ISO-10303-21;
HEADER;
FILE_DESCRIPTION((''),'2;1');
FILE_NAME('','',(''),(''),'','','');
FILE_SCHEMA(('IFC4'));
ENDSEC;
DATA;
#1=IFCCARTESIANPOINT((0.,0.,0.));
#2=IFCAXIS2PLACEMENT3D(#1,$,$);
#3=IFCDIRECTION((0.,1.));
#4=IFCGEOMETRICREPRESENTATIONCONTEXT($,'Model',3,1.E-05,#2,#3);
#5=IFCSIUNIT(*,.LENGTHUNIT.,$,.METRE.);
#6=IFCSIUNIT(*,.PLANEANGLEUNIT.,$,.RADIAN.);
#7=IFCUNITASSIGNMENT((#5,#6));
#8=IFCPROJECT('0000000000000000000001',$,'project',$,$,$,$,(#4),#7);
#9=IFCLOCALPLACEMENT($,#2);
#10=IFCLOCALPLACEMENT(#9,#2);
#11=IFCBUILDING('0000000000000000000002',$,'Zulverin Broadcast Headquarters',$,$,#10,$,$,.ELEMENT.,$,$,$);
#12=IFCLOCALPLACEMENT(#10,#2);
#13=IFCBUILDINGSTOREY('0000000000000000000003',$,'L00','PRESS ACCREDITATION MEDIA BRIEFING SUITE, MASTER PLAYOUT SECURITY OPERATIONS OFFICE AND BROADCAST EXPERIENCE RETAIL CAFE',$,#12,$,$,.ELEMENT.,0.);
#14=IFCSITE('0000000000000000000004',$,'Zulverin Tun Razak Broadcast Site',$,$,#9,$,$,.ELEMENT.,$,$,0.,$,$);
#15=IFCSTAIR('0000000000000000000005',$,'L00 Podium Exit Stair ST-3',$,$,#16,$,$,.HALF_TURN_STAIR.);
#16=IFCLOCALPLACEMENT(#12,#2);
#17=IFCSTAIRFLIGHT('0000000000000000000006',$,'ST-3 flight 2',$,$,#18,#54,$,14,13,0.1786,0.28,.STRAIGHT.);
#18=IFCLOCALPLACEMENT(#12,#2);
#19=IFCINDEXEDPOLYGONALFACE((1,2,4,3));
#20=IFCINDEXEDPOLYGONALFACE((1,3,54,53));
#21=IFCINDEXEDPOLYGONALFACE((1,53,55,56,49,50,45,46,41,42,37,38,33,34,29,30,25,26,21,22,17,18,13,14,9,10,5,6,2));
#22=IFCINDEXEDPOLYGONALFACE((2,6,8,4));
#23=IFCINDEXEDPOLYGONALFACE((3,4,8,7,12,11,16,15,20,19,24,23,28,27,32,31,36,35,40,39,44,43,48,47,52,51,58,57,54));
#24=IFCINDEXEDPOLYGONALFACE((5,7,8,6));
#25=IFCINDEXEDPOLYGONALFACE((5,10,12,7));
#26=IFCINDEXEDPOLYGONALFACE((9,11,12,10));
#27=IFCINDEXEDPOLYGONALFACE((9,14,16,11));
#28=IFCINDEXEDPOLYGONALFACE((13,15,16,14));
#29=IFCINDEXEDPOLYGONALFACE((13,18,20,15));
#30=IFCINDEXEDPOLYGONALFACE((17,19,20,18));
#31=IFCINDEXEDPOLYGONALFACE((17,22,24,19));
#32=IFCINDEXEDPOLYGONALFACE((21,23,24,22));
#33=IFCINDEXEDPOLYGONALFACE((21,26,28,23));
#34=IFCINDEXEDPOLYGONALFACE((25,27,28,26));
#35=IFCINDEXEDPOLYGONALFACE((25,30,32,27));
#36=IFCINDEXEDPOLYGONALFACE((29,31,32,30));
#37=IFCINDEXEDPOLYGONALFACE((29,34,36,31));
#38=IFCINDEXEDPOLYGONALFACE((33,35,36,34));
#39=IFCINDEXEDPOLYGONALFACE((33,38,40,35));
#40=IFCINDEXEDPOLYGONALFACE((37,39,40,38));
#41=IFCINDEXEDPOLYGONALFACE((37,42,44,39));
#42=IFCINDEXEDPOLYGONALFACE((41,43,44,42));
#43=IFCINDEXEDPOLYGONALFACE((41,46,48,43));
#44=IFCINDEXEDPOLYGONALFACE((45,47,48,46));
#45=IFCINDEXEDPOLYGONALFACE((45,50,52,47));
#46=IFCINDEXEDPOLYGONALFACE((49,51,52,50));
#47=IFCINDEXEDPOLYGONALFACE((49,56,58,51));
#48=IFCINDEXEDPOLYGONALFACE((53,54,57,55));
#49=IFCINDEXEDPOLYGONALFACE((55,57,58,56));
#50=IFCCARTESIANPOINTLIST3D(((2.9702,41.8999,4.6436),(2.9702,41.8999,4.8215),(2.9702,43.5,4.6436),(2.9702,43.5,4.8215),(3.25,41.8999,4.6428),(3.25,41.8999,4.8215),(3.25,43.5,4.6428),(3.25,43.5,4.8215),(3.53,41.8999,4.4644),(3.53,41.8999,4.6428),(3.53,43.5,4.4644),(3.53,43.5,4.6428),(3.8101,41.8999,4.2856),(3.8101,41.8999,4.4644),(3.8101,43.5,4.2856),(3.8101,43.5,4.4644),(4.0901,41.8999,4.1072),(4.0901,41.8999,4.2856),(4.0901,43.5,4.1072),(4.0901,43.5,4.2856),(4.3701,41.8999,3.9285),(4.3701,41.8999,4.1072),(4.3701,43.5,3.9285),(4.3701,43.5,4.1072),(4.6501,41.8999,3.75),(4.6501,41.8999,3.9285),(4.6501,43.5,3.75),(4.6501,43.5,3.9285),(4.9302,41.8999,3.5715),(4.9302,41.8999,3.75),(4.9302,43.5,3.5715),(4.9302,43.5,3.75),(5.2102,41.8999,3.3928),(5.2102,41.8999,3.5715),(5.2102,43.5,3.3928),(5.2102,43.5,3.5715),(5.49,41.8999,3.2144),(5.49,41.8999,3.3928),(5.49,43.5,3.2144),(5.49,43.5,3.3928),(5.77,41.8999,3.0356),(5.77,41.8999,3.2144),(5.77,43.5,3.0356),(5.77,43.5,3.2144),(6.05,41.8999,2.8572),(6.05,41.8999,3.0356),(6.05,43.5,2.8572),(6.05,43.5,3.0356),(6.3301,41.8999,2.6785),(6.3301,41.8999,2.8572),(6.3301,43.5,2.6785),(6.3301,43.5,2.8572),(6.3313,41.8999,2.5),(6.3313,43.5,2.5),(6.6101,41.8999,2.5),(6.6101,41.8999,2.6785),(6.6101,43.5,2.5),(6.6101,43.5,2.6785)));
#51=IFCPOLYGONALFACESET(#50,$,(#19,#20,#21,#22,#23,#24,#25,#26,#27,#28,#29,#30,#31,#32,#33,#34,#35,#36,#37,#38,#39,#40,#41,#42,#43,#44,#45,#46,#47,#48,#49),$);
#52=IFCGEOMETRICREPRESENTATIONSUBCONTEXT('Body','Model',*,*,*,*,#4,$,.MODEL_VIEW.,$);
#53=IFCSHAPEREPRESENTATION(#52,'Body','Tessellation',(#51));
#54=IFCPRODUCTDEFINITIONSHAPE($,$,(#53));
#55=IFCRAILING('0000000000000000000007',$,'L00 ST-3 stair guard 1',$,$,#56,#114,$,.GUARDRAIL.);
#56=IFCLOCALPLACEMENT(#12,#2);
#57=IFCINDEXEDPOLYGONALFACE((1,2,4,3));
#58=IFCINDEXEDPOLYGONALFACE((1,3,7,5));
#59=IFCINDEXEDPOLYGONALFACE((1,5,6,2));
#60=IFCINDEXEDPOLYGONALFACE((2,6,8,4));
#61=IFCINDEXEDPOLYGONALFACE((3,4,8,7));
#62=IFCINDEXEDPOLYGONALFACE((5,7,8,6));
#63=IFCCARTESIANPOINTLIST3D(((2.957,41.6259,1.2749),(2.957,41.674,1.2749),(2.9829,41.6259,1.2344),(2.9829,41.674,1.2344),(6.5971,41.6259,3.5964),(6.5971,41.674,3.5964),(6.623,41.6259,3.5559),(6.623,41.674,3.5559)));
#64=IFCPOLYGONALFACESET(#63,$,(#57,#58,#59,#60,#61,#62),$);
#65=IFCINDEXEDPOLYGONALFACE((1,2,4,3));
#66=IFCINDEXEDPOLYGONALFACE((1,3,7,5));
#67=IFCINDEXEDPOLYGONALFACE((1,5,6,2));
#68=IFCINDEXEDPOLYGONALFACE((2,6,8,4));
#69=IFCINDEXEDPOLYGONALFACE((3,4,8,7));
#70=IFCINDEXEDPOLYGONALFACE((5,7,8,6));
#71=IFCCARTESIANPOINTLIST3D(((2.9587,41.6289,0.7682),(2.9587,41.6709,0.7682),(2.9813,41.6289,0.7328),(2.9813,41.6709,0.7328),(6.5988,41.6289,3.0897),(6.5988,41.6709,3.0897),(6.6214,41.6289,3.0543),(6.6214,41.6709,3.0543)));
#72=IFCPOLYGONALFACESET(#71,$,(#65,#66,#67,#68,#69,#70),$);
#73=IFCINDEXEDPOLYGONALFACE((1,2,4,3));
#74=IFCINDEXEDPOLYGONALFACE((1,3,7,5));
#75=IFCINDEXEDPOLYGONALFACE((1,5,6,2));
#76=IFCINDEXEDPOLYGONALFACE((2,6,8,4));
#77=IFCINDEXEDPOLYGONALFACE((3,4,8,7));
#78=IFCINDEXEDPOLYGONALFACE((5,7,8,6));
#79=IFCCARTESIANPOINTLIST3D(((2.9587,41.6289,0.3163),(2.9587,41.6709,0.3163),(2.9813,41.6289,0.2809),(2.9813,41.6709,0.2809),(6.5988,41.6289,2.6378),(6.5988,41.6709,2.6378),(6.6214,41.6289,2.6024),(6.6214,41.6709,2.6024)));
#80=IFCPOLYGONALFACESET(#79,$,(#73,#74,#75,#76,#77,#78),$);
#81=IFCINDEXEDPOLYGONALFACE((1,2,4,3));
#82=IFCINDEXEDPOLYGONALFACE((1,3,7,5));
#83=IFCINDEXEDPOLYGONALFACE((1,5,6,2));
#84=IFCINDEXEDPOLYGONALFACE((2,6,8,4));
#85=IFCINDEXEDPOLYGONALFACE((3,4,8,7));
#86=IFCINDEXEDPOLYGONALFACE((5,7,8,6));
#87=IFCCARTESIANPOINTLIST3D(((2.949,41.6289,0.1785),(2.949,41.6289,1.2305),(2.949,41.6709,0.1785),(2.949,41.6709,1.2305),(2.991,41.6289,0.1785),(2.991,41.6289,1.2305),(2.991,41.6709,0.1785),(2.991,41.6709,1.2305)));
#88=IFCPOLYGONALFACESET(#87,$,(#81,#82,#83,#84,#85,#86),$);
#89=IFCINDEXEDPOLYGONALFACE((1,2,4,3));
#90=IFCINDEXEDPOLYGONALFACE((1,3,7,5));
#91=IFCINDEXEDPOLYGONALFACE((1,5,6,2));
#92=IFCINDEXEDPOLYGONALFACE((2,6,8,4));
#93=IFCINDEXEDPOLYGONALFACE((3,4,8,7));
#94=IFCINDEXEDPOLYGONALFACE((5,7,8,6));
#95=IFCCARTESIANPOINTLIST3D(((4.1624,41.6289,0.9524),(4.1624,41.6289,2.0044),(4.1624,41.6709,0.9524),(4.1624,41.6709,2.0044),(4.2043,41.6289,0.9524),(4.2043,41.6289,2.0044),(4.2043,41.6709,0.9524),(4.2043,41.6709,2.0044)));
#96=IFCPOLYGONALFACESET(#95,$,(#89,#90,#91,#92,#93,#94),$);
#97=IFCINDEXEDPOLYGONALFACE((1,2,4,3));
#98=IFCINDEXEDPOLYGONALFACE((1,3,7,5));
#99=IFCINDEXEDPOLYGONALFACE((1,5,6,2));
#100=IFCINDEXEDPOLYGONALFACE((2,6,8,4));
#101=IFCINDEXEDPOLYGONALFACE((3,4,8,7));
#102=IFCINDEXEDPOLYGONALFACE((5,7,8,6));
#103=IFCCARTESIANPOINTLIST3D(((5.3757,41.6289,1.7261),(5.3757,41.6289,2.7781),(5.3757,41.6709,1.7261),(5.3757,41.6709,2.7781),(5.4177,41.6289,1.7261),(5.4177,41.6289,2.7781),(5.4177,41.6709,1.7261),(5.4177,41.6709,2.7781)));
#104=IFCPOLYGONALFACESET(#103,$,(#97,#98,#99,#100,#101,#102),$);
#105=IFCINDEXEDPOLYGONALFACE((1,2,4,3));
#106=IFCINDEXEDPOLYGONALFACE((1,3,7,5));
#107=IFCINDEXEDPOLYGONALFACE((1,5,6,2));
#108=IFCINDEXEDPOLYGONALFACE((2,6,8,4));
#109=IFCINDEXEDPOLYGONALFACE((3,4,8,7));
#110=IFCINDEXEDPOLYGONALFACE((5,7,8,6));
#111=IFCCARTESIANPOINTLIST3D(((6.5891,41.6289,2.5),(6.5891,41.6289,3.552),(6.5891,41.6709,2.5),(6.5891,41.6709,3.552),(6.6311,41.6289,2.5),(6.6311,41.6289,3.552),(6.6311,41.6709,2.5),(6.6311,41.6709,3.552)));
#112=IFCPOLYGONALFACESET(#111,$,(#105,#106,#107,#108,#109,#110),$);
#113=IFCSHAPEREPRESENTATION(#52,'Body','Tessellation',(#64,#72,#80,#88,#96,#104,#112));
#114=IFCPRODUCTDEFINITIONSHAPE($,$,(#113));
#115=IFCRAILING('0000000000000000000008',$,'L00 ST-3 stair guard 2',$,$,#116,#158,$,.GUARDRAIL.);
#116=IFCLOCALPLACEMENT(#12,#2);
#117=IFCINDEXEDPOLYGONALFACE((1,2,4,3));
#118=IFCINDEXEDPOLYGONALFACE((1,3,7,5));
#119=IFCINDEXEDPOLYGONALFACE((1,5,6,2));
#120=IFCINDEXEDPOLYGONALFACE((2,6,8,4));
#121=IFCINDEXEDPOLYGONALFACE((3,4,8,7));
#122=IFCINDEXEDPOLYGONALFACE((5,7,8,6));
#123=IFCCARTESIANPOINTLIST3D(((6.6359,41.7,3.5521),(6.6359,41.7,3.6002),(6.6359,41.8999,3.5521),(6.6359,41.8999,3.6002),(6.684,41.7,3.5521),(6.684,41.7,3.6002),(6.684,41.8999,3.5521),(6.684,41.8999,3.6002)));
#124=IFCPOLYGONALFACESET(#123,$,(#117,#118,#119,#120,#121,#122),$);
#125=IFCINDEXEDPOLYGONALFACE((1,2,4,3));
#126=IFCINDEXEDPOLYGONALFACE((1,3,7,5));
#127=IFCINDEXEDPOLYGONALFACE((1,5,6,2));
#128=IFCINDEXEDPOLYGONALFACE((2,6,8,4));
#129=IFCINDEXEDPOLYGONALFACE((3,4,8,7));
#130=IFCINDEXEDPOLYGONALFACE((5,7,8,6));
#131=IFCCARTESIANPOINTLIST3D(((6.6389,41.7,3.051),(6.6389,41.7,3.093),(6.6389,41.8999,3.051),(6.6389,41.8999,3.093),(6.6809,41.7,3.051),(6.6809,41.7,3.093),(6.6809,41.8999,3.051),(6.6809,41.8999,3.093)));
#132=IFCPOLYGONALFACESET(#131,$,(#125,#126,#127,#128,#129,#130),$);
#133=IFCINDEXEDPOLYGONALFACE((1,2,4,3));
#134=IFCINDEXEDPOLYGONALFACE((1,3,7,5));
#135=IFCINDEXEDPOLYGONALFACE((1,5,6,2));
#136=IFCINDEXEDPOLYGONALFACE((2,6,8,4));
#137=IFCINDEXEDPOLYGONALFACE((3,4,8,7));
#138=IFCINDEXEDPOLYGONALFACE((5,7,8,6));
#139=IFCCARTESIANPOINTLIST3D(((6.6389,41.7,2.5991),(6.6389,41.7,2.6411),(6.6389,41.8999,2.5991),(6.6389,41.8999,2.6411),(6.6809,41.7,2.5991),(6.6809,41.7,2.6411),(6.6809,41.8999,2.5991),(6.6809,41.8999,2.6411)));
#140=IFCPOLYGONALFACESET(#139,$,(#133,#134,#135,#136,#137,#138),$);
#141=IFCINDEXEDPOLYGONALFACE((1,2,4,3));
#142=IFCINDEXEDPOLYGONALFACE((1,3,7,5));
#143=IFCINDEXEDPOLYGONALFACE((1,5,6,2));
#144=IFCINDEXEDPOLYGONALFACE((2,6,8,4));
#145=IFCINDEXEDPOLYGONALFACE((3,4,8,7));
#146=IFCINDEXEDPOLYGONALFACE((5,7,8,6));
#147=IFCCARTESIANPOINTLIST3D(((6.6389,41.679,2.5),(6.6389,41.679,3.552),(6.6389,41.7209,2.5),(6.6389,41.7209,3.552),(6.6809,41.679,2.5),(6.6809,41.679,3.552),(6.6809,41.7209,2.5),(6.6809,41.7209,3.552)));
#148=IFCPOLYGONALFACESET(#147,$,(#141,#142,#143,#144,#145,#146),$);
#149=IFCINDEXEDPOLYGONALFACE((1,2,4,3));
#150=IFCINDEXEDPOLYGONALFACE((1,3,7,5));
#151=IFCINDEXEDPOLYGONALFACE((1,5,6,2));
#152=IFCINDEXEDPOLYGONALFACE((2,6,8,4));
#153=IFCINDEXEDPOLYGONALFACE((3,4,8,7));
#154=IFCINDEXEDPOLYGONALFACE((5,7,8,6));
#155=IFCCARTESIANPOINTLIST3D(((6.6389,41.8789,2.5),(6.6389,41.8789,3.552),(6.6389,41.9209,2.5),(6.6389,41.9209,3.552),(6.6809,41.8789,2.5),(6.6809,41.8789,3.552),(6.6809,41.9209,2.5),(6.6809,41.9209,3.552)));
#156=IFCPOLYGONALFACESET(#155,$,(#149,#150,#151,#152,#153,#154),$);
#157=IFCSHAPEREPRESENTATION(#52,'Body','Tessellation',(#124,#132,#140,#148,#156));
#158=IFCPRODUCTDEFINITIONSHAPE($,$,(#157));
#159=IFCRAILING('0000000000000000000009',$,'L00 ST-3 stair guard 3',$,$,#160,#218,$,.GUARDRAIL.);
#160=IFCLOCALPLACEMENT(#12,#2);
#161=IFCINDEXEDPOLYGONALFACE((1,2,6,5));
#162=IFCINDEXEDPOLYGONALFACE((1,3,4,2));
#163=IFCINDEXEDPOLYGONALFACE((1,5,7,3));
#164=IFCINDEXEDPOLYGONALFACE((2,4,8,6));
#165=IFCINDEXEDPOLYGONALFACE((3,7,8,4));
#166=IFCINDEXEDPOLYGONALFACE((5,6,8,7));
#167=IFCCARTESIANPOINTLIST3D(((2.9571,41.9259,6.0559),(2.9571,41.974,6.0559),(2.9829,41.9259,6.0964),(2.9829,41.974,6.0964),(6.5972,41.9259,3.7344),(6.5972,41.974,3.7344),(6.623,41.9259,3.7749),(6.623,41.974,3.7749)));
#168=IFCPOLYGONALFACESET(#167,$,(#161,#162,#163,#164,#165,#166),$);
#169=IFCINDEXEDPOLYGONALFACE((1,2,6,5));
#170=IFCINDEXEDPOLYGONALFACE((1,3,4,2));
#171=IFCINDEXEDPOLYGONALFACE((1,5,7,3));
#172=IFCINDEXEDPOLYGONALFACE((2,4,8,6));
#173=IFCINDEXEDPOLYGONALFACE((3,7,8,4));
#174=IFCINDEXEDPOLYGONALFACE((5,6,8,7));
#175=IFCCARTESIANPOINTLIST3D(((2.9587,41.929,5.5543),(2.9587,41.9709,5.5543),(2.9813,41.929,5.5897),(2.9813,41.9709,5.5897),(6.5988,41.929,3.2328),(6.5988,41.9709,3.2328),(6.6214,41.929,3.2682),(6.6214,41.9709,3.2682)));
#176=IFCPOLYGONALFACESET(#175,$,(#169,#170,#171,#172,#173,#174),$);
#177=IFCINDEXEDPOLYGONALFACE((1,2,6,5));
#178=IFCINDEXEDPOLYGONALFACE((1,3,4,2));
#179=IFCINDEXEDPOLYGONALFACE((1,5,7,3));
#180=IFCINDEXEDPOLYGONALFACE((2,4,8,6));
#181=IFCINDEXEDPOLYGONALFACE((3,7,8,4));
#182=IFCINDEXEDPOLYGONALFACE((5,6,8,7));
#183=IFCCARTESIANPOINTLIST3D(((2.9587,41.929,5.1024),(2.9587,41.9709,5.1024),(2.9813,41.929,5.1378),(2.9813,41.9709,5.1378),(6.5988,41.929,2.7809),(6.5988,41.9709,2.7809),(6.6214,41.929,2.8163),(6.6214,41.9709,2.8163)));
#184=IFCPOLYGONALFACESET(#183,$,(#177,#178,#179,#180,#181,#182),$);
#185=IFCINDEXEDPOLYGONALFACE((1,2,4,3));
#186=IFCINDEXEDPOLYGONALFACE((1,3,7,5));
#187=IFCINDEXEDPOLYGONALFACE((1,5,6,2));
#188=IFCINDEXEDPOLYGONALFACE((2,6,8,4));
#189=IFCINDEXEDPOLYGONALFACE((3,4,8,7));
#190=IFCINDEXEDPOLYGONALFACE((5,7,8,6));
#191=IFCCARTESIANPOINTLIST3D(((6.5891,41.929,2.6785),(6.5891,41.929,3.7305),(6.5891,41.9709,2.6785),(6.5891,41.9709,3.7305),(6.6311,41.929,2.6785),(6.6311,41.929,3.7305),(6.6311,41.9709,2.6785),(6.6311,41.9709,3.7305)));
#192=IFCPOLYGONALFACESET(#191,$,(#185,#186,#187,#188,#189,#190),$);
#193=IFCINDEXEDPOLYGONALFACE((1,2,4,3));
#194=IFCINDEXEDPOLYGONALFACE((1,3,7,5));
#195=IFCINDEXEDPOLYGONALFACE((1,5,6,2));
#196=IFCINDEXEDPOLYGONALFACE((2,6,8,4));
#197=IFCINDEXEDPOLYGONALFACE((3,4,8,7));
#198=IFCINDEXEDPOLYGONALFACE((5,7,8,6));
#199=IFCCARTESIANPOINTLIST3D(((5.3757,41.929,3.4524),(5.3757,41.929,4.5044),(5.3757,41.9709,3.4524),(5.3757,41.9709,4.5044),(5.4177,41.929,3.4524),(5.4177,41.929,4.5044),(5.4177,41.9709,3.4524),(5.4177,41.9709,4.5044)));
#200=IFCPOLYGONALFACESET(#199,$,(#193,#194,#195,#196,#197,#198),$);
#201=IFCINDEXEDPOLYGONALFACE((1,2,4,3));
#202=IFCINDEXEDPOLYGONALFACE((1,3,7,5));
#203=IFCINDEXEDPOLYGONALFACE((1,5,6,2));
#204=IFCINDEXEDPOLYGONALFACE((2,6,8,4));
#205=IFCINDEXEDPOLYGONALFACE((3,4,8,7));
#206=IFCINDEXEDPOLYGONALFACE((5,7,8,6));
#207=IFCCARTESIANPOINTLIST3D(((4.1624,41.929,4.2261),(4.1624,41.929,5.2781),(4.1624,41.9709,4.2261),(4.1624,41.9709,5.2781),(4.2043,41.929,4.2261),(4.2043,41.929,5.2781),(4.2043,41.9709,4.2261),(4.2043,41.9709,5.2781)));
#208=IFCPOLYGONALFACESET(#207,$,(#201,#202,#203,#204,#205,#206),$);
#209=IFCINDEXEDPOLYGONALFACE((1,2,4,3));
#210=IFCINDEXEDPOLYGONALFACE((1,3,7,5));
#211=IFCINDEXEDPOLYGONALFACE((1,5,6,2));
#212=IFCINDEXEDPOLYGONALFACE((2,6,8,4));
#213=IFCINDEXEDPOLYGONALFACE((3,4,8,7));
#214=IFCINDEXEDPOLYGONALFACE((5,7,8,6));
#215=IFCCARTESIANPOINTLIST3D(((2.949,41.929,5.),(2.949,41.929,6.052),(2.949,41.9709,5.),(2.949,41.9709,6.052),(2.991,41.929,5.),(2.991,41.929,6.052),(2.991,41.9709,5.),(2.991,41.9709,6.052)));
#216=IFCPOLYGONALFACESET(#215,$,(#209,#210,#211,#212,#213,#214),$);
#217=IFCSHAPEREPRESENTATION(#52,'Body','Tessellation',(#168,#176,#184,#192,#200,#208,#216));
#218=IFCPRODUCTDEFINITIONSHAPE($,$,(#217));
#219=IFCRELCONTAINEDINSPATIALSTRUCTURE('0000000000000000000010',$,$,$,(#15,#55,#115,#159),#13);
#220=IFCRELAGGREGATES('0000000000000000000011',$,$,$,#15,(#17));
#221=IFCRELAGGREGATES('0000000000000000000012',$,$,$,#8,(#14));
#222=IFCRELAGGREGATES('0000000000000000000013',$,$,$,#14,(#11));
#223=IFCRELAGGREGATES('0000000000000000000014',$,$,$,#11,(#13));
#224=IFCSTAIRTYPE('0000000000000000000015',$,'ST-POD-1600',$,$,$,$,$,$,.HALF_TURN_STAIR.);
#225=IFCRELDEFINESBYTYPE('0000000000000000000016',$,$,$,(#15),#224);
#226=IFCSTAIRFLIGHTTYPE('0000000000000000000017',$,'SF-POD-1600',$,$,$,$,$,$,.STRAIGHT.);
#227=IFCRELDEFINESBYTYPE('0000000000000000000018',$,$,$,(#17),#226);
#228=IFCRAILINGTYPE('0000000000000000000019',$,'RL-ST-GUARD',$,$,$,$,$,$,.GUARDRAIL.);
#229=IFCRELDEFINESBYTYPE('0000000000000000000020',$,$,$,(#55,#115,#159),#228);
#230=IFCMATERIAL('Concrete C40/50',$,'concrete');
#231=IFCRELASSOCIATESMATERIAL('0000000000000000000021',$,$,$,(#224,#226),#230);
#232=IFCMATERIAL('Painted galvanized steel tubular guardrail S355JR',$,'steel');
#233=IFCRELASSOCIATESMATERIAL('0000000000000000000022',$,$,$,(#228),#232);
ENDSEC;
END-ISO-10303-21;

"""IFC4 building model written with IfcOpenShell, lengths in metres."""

from ifc_helpers import new_model, si_unit, direction, frame, origin, origin_2d, place, context, subcontext, project, spatial, polyline, rectangle, outline, extrude, material, type_object, element, aggregate, save


model = new_model("IFC4")

# Units and contexts
model_context = context("Model", 3, precision=1e-05, world=origin(), true_north=direction((0.0, 1.0)))
body_context = subcontext(model_context, "Body", "Model", "MODEL_VIEW")
ifc_project = project(units=[si_unit("LENGTHUNIT", "METRE"), si_unit("PLANEANGLEUNIT", "RADIAN")], contexts=[model_context])

# Site, building, storey
site_placement = place(None, origin())
site = spatial("IfcSite", under=ifc_project, at=site_placement, Name="Zulverin Tun Razak Broadcast Site", CompositionType="ELEMENT", RefElevation=0.0)
building_placement = place(site_placement, origin())
building = spatial("IfcBuilding", under=site, at=building_placement, Name="Zulverin Broadcast Headquarters", CompositionType="ELEMENT")
storey_placement = place(building_placement, origin())
storey = spatial("IfcBuildingStorey", under=building, at=storey_placement, Name="L00", Description="PRESS ACCREDITATION MEDIA BRIEFING SUITE, MASTER PLAYOUT SECURITY OPERATIONS OFFICE AND BROADCAST EXPERIENCE RETAIL CAFE", CompositionType="ELEMENT", Elevation=0.0)

# Shared definitions
ifc_material_1 = material(Name="Concrete C40/50", Category="concrete")

# Stair, stair flight
stair_type = type_object("IfcStairType", Name="ST-POD-1600", PredefinedType="HALF_TURN_STAIR", material=ifc_material_1)
stair_placement = place(storey_placement, origin())
stair = element("IfcStair", 1, at=stair_placement, inside=storey, type_object=stair_type, Name="L00 Podium Exit Stair ST-3", PredefinedType="HALF_TURN_STAIR")
stair_flight_type = type_object("IfcStairFlightType", Name="SF-POD-1600", PredefinedType="STRAIGHT", material=ifc_material_1)
stair_flight_1_placement = place(storey_placement, frame((6.6101, 42.7, 2.5), z_axis=(0.0, 0.0, 1.0), x_axis=(-1.0, 0.0, 0.0)))
stair_flight_1 = element("IfcStairFlight", 2, at=stair_flight_1_placement, type_object=stair_flight_type, Name="ST-3 flight 2", NumberOfRisers=14, NumberOfTreads=13, PredefinedType="STRAIGHT", RiserHeight=0.1786, TreadLength=0.28, context=body_context, shape_type="SweptSolid", body=[
    extrude(outline(polyline([(0.0, 0.0), (0.0, 0.1785), (0.28, 0.1785), (0.28, 0.3572), (0.5601, 0.3572), (0.5601, 0.5356), (0.8401, 0.5356), (0.8401, 0.7144), (1.1201, 0.7144), (1.1201, 0.8928), (1.3999, 0.8928), (1.3999, 1.0715), (1.6799, 1.0715), (1.6799, 1.25), (1.96, 1.25), (1.96, 1.4285), (2.24, 1.4285), (2.24, 1.6072), (2.52, 1.6072), (2.52, 1.7856), (2.8, 1.7856), (2.8, 1.9644), (3.0801, 1.9644), (3.0801, 2.1428), (3.3601, 2.1428), (3.3601, 2.3215), (3.6399, 2.3215), (3.6399, 2.5), (3.6399, 2.1436), (0.2788, 0.0), (0.0, 0.0)])), frame((0.0, 0.8, 0.0), z_axis=(0.0, -1.0, 0.0), x_axis=(1.0, 0.0, 0.0)), (0.0, 0.0, 1.0), 1.6001),
])
aggregate(stair, [stair_flight_1])

# Railings
ifc_material_2 = material(Name="Painted galvanized steel tubular guardrail S355JR", Category="steel")
railing_type_1 = type_object("IfcRailingType", Name="RL-ST-GUARD", PredefinedType="GUARDRAIL", material=ifc_material_2)
railing_1_placement = place(storey_placement, frame((2.97, 41.6499, 0.1785)))
element("IfcRailing", 3, at=railing_1_placement, inside=storey, type_object=railing_type_1, Name="L00 ST-3 stair guard 1", PredefinedType="GUARDRAIL", context=body_context, shape_type="SweptSolid", body=[
    extrude(rectangle(XDim=0.0481, YDim=0.0481, at=origin_2d()), frame((0.0, 0.0, 1.0762), z_axis=(0.843128, 0.0, 0.537713), x_axis=(0.0, 1.0, 0.0)), (0.0, 0.0, 1.0), 4.3174),
    extrude(rectangle(XDim=0.042, YDim=0.042, at=origin_2d()), frame((0.0, 0.0, 0.572), z_axis=(0.843128, 0.0, 0.537713), x_axis=(0.0, 1.0, 0.0)), (0.0, 0.0, 1.0), 4.3174),
    extrude(rectangle(XDim=0.042, YDim=0.042, at=origin_2d()), frame((0.0, 0.0, 0.1201), z_axis=(0.843128, 0.0, 0.537713), x_axis=(0.0, 1.0, 0.0)), (0.0, 0.0, 1.0), 4.3174),
    extrude(rectangle(XDim=0.042, YDim=0.042, at=origin_2d()), origin(), (0.0, 0.0, 1.0), 1.052),
    extrude(rectangle(XDim=0.042, YDim=0.042, at=origin_2d()), frame((1.2134, 0.0, 0.7739)), (0.0, 0.0, 1.0), 1.052),
    extrude(rectangle(XDim=0.042, YDim=0.042, at=origin_2d()), frame((2.4268, 0.0, 1.5476)), (0.0, 0.0, 1.0), 1.052),
    extrude(rectangle(XDim=0.042, YDim=0.042, at=origin_2d()), frame((3.6401, 0.0, 2.3215)), (0.0, 0.0, 1.0), 1.052),
])
railing_2_placement = place(storey_placement, frame((6.6599, 41.7, 2.5)))
element("IfcRailing", 4, at=railing_2_placement, inside=storey, type_object=railing_type_1, Name="L00 ST-3 stair guard 2", PredefinedType="GUARDRAIL", context=body_context, shape_type="SweptSolid", body=[
    extrude(rectangle(XDim=0.0481, YDim=0.0481, at=origin_2d()), frame((0.0, 0.0, 1.0762), z_axis=(0.0, 1.0, 0.0), x_axis=(-1.0, 0.0, 0.0)), (0.0, 0.0, 1.0), 0.2),
    extrude(rectangle(XDim=0.042, YDim=0.042, at=origin_2d()), frame((0.0, 0.0, 0.572), z_axis=(0.0, 1.0, 0.0), x_axis=(-1.0, 0.0, 0.0)), (0.0, 0.0, 1.0), 0.2),
    extrude(rectangle(XDim=0.042, YDim=0.042, at=origin_2d()), frame((0.0, 0.0, 0.1201), z_axis=(0.0, 1.0, 0.0), x_axis=(-1.0, 0.0, 0.0)), (0.0, 0.0, 1.0), 0.2),
    extrude(rectangle(XDim=0.042, YDim=0.042, at=origin_2d()), origin(), (0.0, 0.0, 1.0), 1.052),
    extrude(rectangle(XDim=0.042, YDim=0.042, at=origin_2d()), frame((0.0, 0.2, 0.0)), (0.0, 0.0, 1.0), 1.052),
])
railing_3_placement = place(storey_placement, frame((6.6101, 41.95, 2.6785)))
element("IfcRailing", 5, at=railing_3_placement, inside=storey, type_object=railing_type_1, Name="L00 ST-3 stair guard 3", PredefinedType="GUARDRAIL", context=body_context, shape_type="SweptSolid", body=[
    extrude(rectangle(XDim=0.0481, YDim=0.0481, at=origin_2d()), frame((0.0, 0.0, 1.0762), z_axis=(-0.843128, 0.0, 0.537713), x_axis=(0.0, -1.0, 0.0)), (0.0, 0.0, 1.0), 4.3174),
    extrude(rectangle(XDim=0.042, YDim=0.042, at=origin_2d()), frame((0.0, 0.0, 0.572), z_axis=(-0.843128, 0.0, 0.537713), x_axis=(0.0, -1.0, 0.0)), (0.0, 0.0, 1.0), 4.3174),
    extrude(rectangle(XDim=0.042, YDim=0.042, at=origin_2d()), frame((0.0, 0.0, 0.1201), z_axis=(-0.843128, 0.0, 0.537713), x_axis=(0.0, -1.0, 0.0)), (0.0, 0.0, 1.0), 4.3174),
    extrude(rectangle(XDim=0.042, YDim=0.042, at=origin_2d()), origin(), (0.0, 0.0, 1.0), 1.052),
    extrude(rectangle(XDim=0.042, YDim=0.042, at=origin_2d()), frame((-1.2134, 0.0, 0.7739)), (0.0, 0.0, 1.0), 1.052),
    extrude(rectangle(XDim=0.042, YDim=0.042, at=origin_2d()), frame((-2.4268, 0.0, 1.5476)), (0.0, 0.0, 1.0), 1.052),
    extrude(rectangle(XDim=0.042, YDim=0.042, at=origin_2d()), frame((-3.6401, 0.0, 2.3215)), (0.0, 0.0, 1.0), 1.052),
])

save(model, "model.ifc")
